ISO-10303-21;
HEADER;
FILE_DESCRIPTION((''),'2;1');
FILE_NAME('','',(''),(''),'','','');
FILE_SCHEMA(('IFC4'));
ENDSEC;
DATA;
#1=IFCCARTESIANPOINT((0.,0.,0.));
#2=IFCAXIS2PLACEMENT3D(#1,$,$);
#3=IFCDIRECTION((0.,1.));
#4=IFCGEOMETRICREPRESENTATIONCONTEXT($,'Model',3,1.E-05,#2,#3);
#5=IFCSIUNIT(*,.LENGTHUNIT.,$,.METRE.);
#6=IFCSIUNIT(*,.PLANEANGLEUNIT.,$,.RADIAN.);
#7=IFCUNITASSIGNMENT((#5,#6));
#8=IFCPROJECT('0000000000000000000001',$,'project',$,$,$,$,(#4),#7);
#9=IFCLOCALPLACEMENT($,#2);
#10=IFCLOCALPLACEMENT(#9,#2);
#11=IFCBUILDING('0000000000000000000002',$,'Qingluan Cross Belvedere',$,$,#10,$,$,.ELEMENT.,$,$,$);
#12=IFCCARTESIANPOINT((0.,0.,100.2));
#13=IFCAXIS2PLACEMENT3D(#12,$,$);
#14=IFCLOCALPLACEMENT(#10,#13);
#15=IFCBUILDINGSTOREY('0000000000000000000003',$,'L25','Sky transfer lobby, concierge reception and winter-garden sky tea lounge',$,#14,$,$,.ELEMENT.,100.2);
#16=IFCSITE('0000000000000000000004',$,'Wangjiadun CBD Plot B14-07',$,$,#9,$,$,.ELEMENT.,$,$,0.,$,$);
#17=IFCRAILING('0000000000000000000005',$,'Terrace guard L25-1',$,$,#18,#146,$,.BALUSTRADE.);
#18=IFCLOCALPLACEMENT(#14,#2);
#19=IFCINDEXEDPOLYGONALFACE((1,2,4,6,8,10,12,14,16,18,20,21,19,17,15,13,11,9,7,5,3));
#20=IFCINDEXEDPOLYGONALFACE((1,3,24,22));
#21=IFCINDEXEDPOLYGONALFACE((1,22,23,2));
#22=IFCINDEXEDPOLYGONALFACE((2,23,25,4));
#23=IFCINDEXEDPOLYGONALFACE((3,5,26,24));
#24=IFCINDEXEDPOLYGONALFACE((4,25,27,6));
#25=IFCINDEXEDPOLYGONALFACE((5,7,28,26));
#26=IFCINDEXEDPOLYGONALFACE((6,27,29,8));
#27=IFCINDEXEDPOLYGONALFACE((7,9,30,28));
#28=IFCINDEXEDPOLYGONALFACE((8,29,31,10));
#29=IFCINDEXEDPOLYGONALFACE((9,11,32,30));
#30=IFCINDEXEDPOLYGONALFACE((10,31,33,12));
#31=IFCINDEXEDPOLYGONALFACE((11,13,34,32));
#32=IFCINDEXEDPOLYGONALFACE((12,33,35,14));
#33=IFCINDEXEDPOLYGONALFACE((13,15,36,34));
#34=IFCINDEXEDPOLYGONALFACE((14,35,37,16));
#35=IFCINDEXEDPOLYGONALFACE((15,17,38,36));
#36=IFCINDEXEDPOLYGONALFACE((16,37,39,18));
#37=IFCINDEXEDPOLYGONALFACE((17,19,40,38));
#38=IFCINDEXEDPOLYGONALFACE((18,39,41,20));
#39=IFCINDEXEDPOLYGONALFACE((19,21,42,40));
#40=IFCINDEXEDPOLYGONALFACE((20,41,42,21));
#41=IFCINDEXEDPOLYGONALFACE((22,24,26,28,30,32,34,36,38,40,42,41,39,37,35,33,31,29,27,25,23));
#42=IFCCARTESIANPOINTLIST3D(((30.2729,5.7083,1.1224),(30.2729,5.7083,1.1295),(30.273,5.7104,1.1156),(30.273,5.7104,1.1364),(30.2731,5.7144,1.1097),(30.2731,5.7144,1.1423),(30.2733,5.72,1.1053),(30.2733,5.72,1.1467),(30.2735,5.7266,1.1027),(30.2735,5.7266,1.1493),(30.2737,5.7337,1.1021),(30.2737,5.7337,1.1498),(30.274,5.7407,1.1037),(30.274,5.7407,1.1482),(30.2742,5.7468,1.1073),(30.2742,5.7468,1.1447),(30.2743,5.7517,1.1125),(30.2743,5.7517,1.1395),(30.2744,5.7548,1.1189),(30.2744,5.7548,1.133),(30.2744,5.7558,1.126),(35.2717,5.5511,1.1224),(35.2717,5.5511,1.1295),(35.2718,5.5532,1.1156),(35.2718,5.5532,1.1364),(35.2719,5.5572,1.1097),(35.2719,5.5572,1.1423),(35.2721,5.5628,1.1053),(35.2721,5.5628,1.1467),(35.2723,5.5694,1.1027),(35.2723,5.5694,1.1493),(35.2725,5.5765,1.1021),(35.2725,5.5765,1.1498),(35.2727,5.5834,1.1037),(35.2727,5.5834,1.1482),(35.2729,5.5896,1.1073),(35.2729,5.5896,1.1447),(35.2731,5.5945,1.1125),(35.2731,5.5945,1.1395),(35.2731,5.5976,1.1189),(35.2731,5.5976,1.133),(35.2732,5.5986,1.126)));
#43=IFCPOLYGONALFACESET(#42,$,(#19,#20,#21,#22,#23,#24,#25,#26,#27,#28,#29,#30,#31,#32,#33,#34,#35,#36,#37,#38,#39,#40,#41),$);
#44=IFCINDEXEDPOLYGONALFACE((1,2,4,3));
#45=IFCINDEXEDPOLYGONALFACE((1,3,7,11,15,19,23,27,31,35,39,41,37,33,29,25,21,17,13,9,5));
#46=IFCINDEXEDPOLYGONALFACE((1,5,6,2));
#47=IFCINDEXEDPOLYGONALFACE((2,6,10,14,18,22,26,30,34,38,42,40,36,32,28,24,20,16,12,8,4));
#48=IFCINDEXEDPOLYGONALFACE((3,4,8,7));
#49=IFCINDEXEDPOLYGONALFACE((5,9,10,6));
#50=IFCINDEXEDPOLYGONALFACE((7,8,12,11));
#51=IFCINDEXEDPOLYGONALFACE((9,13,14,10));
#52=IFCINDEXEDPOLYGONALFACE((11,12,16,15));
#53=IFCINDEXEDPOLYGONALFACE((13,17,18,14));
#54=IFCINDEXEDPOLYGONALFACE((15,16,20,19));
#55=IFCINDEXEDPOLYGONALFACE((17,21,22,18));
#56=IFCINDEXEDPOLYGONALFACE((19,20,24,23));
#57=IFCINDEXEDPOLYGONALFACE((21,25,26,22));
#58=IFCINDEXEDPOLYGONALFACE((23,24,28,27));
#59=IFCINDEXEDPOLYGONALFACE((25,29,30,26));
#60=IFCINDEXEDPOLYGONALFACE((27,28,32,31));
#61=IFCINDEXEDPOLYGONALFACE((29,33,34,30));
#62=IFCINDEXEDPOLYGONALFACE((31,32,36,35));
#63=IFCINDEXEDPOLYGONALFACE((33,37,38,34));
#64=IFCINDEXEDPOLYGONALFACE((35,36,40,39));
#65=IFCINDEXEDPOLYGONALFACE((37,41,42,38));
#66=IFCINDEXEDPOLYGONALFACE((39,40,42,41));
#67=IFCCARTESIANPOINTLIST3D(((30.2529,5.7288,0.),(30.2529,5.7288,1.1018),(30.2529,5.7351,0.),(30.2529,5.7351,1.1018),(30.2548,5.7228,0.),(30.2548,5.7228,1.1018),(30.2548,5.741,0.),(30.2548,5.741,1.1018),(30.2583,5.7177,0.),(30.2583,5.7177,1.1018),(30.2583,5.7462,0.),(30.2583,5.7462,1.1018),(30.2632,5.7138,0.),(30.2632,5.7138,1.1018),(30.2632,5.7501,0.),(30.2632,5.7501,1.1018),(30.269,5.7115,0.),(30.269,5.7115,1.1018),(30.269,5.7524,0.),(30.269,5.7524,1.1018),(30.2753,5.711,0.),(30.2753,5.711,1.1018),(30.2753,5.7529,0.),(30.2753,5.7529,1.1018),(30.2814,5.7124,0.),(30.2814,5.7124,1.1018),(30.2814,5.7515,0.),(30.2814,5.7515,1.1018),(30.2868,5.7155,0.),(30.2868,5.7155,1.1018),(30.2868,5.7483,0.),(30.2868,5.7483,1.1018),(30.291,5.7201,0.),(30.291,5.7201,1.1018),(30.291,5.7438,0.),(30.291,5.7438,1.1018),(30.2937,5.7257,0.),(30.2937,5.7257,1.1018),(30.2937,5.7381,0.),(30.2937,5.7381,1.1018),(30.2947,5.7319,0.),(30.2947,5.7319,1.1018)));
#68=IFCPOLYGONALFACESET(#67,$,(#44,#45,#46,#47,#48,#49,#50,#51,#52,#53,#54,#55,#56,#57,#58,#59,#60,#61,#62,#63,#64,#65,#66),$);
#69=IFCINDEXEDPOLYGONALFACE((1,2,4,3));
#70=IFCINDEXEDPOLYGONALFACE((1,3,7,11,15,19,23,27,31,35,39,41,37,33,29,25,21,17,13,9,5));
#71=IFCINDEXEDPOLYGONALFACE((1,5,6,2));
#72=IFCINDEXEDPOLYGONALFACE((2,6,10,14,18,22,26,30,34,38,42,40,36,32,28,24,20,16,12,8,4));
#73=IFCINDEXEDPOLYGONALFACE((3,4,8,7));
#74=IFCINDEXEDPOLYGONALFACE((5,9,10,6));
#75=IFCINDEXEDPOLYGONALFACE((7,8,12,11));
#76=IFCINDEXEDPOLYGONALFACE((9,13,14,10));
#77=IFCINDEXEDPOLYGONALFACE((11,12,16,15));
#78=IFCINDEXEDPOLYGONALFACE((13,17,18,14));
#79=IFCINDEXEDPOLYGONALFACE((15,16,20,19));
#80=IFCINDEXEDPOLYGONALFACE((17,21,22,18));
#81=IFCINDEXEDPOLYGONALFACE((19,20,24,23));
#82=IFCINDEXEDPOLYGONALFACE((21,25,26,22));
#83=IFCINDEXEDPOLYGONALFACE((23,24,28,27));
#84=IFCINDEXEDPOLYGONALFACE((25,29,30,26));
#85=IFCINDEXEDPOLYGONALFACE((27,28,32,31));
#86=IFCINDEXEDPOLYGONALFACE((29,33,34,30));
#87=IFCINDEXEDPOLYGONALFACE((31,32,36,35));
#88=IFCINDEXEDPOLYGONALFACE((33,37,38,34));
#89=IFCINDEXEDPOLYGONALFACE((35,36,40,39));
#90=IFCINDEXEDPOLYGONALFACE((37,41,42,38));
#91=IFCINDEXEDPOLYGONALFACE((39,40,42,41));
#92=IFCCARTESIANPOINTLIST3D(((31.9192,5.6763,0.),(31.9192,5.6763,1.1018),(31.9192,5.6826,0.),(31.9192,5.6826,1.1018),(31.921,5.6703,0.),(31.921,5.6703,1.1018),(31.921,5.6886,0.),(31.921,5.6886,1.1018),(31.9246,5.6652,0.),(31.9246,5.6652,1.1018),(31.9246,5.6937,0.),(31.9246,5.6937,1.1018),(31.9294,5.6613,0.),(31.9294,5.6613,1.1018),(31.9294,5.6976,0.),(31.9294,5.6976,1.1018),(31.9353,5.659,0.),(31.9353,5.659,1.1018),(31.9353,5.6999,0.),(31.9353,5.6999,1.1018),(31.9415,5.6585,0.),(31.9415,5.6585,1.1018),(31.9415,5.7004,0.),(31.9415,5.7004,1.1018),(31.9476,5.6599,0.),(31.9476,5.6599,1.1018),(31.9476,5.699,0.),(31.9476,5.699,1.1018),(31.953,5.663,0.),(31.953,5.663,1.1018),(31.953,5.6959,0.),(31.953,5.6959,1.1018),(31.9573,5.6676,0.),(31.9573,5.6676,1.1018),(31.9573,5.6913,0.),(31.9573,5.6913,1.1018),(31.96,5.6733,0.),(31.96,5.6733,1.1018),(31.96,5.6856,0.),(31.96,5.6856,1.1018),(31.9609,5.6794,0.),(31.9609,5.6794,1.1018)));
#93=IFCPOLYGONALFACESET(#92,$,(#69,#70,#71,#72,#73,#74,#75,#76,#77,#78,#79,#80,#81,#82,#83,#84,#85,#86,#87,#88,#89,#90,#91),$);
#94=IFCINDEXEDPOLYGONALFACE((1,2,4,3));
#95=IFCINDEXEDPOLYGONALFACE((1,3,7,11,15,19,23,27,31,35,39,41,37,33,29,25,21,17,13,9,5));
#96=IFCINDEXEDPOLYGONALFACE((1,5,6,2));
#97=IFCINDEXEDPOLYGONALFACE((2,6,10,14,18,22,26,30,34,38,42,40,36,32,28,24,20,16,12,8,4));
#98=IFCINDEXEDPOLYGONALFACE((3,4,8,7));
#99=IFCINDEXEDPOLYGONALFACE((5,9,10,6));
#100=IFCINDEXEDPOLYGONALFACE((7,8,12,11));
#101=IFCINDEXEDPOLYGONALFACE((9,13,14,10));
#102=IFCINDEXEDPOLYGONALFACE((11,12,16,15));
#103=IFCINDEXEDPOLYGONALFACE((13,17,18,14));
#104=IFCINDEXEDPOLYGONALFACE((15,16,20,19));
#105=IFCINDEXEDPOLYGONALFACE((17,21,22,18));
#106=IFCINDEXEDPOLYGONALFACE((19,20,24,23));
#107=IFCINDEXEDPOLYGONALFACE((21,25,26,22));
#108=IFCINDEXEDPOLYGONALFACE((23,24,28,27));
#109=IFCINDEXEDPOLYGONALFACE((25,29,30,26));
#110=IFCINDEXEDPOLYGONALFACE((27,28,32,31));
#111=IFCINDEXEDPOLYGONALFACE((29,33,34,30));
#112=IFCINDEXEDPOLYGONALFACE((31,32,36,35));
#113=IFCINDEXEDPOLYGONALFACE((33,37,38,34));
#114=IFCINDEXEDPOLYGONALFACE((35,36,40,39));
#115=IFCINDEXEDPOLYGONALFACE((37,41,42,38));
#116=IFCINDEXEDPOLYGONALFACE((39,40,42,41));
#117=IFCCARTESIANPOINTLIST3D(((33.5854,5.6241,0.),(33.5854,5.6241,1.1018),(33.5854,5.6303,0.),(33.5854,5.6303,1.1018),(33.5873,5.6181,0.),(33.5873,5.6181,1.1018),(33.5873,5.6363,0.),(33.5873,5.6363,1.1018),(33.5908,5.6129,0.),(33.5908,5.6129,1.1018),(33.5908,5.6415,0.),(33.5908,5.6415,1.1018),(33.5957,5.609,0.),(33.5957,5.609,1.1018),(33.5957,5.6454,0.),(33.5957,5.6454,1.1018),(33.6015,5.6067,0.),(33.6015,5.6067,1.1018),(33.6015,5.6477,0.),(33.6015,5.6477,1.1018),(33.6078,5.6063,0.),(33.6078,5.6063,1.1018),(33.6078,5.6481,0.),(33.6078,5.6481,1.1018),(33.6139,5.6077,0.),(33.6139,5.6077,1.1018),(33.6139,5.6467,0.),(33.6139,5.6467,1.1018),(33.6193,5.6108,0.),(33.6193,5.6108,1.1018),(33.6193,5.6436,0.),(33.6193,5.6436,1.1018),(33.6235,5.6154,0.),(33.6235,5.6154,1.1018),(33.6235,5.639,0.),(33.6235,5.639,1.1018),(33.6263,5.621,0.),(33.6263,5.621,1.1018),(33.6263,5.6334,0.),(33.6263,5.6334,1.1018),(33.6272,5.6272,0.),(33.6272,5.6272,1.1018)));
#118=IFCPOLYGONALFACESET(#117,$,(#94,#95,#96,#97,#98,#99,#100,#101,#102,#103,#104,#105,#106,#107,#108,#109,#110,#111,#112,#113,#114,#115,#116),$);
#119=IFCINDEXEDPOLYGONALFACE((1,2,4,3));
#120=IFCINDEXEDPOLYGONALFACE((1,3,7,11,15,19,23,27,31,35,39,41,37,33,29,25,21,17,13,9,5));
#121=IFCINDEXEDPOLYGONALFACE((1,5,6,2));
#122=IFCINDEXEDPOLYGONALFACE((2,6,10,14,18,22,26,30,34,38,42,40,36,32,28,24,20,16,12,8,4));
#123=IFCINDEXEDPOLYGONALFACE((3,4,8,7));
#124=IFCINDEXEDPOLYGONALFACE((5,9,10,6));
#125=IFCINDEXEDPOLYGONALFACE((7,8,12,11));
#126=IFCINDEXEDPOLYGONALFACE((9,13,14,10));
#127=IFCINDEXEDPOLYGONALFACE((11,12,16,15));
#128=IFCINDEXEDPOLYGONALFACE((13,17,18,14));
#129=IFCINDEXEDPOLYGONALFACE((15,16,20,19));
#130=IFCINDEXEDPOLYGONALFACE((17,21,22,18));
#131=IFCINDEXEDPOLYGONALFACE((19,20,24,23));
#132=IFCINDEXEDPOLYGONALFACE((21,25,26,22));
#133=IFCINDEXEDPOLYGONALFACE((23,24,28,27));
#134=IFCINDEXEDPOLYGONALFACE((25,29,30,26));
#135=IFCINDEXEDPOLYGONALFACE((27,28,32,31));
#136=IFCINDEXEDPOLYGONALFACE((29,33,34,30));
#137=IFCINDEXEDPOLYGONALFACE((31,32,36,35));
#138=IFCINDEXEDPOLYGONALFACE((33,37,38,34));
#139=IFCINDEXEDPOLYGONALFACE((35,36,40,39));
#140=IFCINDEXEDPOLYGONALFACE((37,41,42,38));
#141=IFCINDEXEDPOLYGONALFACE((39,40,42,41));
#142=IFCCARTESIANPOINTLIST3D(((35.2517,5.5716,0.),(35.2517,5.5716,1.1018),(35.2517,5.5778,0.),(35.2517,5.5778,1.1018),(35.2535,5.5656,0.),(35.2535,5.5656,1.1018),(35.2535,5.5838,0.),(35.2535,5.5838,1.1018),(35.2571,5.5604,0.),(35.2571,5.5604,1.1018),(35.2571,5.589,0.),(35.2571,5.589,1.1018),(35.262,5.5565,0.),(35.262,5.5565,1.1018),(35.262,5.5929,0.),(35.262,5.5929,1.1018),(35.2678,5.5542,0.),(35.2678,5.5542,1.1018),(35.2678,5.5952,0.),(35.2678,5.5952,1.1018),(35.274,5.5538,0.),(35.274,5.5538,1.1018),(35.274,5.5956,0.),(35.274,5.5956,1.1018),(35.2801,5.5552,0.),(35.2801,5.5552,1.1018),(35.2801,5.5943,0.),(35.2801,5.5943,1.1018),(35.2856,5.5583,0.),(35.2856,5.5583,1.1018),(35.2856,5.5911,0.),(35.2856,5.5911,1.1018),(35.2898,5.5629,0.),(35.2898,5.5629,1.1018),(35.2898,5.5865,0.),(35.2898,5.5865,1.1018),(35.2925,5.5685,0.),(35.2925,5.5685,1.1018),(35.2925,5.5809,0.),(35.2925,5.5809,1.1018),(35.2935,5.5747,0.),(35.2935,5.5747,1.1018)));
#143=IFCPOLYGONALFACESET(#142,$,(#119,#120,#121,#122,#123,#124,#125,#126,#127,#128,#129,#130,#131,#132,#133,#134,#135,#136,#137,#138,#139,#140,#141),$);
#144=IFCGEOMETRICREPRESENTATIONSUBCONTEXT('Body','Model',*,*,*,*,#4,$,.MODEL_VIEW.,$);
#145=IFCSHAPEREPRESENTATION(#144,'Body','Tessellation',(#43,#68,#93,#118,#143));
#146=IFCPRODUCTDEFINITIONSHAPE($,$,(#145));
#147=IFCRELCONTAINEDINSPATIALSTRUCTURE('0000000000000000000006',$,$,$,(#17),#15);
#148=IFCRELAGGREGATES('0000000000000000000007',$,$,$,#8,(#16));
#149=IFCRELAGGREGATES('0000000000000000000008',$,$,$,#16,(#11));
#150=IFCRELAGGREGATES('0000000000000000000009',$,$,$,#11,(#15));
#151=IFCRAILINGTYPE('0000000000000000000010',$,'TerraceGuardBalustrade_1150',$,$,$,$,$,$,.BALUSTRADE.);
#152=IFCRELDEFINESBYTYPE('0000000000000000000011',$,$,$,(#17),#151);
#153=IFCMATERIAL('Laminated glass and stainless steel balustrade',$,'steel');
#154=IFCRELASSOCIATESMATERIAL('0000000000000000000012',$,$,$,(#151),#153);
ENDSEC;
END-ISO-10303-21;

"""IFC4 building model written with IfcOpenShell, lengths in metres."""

from ifc_helpers import new_model, si_unit, direction, frame, origin, origin_2d, place, context, subcontext, project, spatial, circle, extrude, material, type_object, element, save


model = new_model("IFC4")

# Units and contexts
model_context = context("Model", 3, precision=1e-05, world=origin(), true_north=direction((0.0, 1.0)))
body_context = subcontext(model_context, "Body", "Model", "MODEL_VIEW")
ifc_project = project(units=[si_unit("LENGTHUNIT", "METRE"), si_unit("PLANEANGLEUNIT", "RADIAN")], contexts=[model_context])

# Site, building, storey
site_placement = place(None, origin())
site = spatial("IfcSite", under=ifc_project, at=site_placement, Name="Wangjiadun CBD Plot B14-07", CompositionType="ELEMENT", RefElevation=0.0)
building_placement = place(site_placement, origin())
building = spatial("IfcBuilding", under=site, at=building_placement, Name="Qingluan Cross Belvedere", CompositionType="ELEMENT")
storey_placement = place(building_placement, frame((0.0, 0.0, 100.2)))
storey = spatial("IfcBuildingStorey", under=building, at=storey_placement, Name="L25", Description="Sky transfer lobby, concierge reception and winter-garden sky tea lounge", CompositionType="ELEMENT", Elevation=100.2)

# Railing
ifc_material_1 = material(Name="Laminated glass and stainless steel balustrade", Category="steel")
railing_type = type_object("IfcRailingType", Name="TerraceGuardBalustrade_1150", PredefinedType="BALUSTRADE", material=ifc_material_1)
railing_1_placement = place(storey_placement, frame((30.2737, 5.7319, 0.0)))
element("IfcRailing", 1, at=railing_1_placement, inside=storey, type_object=railing_type, Name="Terrace guard L25-1", PredefinedType="BALUSTRADE", context=body_context, shape_type="SweptSolid", body=[
    extrude(circle(Radius=0.0239, at=origin_2d()), frame((0.0, 0.0, 1.126), z_axis=(0.999506, -0.031437, 0.0), x_axis=(0.031437, 0.999506, 0.0)), (0.0, 0.0, 1.0), 5.0012),
    extrude(circle(Radius=0.021, at=origin_2d()), origin(), (0.0, 0.0, 1.0), 1.1018),
    extrude(circle(Radius=0.021, at=origin_2d()), frame((1.6663, -0.0525, 0.0)), (0.0, 0.0, 1.0), 1.1018),
    extrude(circle(Radius=0.021, at=origin_2d()), frame((3.3325, -0.1047, 0.0)), (0.0, 0.0, 1.0), 1.1018),
    extrude(circle(Radius=0.021, at=origin_2d()), frame((4.9988, -0.1572, 0.0)), (0.0, 0.0, 1.0), 1.1018),
])

save(model, "model.ifc")
